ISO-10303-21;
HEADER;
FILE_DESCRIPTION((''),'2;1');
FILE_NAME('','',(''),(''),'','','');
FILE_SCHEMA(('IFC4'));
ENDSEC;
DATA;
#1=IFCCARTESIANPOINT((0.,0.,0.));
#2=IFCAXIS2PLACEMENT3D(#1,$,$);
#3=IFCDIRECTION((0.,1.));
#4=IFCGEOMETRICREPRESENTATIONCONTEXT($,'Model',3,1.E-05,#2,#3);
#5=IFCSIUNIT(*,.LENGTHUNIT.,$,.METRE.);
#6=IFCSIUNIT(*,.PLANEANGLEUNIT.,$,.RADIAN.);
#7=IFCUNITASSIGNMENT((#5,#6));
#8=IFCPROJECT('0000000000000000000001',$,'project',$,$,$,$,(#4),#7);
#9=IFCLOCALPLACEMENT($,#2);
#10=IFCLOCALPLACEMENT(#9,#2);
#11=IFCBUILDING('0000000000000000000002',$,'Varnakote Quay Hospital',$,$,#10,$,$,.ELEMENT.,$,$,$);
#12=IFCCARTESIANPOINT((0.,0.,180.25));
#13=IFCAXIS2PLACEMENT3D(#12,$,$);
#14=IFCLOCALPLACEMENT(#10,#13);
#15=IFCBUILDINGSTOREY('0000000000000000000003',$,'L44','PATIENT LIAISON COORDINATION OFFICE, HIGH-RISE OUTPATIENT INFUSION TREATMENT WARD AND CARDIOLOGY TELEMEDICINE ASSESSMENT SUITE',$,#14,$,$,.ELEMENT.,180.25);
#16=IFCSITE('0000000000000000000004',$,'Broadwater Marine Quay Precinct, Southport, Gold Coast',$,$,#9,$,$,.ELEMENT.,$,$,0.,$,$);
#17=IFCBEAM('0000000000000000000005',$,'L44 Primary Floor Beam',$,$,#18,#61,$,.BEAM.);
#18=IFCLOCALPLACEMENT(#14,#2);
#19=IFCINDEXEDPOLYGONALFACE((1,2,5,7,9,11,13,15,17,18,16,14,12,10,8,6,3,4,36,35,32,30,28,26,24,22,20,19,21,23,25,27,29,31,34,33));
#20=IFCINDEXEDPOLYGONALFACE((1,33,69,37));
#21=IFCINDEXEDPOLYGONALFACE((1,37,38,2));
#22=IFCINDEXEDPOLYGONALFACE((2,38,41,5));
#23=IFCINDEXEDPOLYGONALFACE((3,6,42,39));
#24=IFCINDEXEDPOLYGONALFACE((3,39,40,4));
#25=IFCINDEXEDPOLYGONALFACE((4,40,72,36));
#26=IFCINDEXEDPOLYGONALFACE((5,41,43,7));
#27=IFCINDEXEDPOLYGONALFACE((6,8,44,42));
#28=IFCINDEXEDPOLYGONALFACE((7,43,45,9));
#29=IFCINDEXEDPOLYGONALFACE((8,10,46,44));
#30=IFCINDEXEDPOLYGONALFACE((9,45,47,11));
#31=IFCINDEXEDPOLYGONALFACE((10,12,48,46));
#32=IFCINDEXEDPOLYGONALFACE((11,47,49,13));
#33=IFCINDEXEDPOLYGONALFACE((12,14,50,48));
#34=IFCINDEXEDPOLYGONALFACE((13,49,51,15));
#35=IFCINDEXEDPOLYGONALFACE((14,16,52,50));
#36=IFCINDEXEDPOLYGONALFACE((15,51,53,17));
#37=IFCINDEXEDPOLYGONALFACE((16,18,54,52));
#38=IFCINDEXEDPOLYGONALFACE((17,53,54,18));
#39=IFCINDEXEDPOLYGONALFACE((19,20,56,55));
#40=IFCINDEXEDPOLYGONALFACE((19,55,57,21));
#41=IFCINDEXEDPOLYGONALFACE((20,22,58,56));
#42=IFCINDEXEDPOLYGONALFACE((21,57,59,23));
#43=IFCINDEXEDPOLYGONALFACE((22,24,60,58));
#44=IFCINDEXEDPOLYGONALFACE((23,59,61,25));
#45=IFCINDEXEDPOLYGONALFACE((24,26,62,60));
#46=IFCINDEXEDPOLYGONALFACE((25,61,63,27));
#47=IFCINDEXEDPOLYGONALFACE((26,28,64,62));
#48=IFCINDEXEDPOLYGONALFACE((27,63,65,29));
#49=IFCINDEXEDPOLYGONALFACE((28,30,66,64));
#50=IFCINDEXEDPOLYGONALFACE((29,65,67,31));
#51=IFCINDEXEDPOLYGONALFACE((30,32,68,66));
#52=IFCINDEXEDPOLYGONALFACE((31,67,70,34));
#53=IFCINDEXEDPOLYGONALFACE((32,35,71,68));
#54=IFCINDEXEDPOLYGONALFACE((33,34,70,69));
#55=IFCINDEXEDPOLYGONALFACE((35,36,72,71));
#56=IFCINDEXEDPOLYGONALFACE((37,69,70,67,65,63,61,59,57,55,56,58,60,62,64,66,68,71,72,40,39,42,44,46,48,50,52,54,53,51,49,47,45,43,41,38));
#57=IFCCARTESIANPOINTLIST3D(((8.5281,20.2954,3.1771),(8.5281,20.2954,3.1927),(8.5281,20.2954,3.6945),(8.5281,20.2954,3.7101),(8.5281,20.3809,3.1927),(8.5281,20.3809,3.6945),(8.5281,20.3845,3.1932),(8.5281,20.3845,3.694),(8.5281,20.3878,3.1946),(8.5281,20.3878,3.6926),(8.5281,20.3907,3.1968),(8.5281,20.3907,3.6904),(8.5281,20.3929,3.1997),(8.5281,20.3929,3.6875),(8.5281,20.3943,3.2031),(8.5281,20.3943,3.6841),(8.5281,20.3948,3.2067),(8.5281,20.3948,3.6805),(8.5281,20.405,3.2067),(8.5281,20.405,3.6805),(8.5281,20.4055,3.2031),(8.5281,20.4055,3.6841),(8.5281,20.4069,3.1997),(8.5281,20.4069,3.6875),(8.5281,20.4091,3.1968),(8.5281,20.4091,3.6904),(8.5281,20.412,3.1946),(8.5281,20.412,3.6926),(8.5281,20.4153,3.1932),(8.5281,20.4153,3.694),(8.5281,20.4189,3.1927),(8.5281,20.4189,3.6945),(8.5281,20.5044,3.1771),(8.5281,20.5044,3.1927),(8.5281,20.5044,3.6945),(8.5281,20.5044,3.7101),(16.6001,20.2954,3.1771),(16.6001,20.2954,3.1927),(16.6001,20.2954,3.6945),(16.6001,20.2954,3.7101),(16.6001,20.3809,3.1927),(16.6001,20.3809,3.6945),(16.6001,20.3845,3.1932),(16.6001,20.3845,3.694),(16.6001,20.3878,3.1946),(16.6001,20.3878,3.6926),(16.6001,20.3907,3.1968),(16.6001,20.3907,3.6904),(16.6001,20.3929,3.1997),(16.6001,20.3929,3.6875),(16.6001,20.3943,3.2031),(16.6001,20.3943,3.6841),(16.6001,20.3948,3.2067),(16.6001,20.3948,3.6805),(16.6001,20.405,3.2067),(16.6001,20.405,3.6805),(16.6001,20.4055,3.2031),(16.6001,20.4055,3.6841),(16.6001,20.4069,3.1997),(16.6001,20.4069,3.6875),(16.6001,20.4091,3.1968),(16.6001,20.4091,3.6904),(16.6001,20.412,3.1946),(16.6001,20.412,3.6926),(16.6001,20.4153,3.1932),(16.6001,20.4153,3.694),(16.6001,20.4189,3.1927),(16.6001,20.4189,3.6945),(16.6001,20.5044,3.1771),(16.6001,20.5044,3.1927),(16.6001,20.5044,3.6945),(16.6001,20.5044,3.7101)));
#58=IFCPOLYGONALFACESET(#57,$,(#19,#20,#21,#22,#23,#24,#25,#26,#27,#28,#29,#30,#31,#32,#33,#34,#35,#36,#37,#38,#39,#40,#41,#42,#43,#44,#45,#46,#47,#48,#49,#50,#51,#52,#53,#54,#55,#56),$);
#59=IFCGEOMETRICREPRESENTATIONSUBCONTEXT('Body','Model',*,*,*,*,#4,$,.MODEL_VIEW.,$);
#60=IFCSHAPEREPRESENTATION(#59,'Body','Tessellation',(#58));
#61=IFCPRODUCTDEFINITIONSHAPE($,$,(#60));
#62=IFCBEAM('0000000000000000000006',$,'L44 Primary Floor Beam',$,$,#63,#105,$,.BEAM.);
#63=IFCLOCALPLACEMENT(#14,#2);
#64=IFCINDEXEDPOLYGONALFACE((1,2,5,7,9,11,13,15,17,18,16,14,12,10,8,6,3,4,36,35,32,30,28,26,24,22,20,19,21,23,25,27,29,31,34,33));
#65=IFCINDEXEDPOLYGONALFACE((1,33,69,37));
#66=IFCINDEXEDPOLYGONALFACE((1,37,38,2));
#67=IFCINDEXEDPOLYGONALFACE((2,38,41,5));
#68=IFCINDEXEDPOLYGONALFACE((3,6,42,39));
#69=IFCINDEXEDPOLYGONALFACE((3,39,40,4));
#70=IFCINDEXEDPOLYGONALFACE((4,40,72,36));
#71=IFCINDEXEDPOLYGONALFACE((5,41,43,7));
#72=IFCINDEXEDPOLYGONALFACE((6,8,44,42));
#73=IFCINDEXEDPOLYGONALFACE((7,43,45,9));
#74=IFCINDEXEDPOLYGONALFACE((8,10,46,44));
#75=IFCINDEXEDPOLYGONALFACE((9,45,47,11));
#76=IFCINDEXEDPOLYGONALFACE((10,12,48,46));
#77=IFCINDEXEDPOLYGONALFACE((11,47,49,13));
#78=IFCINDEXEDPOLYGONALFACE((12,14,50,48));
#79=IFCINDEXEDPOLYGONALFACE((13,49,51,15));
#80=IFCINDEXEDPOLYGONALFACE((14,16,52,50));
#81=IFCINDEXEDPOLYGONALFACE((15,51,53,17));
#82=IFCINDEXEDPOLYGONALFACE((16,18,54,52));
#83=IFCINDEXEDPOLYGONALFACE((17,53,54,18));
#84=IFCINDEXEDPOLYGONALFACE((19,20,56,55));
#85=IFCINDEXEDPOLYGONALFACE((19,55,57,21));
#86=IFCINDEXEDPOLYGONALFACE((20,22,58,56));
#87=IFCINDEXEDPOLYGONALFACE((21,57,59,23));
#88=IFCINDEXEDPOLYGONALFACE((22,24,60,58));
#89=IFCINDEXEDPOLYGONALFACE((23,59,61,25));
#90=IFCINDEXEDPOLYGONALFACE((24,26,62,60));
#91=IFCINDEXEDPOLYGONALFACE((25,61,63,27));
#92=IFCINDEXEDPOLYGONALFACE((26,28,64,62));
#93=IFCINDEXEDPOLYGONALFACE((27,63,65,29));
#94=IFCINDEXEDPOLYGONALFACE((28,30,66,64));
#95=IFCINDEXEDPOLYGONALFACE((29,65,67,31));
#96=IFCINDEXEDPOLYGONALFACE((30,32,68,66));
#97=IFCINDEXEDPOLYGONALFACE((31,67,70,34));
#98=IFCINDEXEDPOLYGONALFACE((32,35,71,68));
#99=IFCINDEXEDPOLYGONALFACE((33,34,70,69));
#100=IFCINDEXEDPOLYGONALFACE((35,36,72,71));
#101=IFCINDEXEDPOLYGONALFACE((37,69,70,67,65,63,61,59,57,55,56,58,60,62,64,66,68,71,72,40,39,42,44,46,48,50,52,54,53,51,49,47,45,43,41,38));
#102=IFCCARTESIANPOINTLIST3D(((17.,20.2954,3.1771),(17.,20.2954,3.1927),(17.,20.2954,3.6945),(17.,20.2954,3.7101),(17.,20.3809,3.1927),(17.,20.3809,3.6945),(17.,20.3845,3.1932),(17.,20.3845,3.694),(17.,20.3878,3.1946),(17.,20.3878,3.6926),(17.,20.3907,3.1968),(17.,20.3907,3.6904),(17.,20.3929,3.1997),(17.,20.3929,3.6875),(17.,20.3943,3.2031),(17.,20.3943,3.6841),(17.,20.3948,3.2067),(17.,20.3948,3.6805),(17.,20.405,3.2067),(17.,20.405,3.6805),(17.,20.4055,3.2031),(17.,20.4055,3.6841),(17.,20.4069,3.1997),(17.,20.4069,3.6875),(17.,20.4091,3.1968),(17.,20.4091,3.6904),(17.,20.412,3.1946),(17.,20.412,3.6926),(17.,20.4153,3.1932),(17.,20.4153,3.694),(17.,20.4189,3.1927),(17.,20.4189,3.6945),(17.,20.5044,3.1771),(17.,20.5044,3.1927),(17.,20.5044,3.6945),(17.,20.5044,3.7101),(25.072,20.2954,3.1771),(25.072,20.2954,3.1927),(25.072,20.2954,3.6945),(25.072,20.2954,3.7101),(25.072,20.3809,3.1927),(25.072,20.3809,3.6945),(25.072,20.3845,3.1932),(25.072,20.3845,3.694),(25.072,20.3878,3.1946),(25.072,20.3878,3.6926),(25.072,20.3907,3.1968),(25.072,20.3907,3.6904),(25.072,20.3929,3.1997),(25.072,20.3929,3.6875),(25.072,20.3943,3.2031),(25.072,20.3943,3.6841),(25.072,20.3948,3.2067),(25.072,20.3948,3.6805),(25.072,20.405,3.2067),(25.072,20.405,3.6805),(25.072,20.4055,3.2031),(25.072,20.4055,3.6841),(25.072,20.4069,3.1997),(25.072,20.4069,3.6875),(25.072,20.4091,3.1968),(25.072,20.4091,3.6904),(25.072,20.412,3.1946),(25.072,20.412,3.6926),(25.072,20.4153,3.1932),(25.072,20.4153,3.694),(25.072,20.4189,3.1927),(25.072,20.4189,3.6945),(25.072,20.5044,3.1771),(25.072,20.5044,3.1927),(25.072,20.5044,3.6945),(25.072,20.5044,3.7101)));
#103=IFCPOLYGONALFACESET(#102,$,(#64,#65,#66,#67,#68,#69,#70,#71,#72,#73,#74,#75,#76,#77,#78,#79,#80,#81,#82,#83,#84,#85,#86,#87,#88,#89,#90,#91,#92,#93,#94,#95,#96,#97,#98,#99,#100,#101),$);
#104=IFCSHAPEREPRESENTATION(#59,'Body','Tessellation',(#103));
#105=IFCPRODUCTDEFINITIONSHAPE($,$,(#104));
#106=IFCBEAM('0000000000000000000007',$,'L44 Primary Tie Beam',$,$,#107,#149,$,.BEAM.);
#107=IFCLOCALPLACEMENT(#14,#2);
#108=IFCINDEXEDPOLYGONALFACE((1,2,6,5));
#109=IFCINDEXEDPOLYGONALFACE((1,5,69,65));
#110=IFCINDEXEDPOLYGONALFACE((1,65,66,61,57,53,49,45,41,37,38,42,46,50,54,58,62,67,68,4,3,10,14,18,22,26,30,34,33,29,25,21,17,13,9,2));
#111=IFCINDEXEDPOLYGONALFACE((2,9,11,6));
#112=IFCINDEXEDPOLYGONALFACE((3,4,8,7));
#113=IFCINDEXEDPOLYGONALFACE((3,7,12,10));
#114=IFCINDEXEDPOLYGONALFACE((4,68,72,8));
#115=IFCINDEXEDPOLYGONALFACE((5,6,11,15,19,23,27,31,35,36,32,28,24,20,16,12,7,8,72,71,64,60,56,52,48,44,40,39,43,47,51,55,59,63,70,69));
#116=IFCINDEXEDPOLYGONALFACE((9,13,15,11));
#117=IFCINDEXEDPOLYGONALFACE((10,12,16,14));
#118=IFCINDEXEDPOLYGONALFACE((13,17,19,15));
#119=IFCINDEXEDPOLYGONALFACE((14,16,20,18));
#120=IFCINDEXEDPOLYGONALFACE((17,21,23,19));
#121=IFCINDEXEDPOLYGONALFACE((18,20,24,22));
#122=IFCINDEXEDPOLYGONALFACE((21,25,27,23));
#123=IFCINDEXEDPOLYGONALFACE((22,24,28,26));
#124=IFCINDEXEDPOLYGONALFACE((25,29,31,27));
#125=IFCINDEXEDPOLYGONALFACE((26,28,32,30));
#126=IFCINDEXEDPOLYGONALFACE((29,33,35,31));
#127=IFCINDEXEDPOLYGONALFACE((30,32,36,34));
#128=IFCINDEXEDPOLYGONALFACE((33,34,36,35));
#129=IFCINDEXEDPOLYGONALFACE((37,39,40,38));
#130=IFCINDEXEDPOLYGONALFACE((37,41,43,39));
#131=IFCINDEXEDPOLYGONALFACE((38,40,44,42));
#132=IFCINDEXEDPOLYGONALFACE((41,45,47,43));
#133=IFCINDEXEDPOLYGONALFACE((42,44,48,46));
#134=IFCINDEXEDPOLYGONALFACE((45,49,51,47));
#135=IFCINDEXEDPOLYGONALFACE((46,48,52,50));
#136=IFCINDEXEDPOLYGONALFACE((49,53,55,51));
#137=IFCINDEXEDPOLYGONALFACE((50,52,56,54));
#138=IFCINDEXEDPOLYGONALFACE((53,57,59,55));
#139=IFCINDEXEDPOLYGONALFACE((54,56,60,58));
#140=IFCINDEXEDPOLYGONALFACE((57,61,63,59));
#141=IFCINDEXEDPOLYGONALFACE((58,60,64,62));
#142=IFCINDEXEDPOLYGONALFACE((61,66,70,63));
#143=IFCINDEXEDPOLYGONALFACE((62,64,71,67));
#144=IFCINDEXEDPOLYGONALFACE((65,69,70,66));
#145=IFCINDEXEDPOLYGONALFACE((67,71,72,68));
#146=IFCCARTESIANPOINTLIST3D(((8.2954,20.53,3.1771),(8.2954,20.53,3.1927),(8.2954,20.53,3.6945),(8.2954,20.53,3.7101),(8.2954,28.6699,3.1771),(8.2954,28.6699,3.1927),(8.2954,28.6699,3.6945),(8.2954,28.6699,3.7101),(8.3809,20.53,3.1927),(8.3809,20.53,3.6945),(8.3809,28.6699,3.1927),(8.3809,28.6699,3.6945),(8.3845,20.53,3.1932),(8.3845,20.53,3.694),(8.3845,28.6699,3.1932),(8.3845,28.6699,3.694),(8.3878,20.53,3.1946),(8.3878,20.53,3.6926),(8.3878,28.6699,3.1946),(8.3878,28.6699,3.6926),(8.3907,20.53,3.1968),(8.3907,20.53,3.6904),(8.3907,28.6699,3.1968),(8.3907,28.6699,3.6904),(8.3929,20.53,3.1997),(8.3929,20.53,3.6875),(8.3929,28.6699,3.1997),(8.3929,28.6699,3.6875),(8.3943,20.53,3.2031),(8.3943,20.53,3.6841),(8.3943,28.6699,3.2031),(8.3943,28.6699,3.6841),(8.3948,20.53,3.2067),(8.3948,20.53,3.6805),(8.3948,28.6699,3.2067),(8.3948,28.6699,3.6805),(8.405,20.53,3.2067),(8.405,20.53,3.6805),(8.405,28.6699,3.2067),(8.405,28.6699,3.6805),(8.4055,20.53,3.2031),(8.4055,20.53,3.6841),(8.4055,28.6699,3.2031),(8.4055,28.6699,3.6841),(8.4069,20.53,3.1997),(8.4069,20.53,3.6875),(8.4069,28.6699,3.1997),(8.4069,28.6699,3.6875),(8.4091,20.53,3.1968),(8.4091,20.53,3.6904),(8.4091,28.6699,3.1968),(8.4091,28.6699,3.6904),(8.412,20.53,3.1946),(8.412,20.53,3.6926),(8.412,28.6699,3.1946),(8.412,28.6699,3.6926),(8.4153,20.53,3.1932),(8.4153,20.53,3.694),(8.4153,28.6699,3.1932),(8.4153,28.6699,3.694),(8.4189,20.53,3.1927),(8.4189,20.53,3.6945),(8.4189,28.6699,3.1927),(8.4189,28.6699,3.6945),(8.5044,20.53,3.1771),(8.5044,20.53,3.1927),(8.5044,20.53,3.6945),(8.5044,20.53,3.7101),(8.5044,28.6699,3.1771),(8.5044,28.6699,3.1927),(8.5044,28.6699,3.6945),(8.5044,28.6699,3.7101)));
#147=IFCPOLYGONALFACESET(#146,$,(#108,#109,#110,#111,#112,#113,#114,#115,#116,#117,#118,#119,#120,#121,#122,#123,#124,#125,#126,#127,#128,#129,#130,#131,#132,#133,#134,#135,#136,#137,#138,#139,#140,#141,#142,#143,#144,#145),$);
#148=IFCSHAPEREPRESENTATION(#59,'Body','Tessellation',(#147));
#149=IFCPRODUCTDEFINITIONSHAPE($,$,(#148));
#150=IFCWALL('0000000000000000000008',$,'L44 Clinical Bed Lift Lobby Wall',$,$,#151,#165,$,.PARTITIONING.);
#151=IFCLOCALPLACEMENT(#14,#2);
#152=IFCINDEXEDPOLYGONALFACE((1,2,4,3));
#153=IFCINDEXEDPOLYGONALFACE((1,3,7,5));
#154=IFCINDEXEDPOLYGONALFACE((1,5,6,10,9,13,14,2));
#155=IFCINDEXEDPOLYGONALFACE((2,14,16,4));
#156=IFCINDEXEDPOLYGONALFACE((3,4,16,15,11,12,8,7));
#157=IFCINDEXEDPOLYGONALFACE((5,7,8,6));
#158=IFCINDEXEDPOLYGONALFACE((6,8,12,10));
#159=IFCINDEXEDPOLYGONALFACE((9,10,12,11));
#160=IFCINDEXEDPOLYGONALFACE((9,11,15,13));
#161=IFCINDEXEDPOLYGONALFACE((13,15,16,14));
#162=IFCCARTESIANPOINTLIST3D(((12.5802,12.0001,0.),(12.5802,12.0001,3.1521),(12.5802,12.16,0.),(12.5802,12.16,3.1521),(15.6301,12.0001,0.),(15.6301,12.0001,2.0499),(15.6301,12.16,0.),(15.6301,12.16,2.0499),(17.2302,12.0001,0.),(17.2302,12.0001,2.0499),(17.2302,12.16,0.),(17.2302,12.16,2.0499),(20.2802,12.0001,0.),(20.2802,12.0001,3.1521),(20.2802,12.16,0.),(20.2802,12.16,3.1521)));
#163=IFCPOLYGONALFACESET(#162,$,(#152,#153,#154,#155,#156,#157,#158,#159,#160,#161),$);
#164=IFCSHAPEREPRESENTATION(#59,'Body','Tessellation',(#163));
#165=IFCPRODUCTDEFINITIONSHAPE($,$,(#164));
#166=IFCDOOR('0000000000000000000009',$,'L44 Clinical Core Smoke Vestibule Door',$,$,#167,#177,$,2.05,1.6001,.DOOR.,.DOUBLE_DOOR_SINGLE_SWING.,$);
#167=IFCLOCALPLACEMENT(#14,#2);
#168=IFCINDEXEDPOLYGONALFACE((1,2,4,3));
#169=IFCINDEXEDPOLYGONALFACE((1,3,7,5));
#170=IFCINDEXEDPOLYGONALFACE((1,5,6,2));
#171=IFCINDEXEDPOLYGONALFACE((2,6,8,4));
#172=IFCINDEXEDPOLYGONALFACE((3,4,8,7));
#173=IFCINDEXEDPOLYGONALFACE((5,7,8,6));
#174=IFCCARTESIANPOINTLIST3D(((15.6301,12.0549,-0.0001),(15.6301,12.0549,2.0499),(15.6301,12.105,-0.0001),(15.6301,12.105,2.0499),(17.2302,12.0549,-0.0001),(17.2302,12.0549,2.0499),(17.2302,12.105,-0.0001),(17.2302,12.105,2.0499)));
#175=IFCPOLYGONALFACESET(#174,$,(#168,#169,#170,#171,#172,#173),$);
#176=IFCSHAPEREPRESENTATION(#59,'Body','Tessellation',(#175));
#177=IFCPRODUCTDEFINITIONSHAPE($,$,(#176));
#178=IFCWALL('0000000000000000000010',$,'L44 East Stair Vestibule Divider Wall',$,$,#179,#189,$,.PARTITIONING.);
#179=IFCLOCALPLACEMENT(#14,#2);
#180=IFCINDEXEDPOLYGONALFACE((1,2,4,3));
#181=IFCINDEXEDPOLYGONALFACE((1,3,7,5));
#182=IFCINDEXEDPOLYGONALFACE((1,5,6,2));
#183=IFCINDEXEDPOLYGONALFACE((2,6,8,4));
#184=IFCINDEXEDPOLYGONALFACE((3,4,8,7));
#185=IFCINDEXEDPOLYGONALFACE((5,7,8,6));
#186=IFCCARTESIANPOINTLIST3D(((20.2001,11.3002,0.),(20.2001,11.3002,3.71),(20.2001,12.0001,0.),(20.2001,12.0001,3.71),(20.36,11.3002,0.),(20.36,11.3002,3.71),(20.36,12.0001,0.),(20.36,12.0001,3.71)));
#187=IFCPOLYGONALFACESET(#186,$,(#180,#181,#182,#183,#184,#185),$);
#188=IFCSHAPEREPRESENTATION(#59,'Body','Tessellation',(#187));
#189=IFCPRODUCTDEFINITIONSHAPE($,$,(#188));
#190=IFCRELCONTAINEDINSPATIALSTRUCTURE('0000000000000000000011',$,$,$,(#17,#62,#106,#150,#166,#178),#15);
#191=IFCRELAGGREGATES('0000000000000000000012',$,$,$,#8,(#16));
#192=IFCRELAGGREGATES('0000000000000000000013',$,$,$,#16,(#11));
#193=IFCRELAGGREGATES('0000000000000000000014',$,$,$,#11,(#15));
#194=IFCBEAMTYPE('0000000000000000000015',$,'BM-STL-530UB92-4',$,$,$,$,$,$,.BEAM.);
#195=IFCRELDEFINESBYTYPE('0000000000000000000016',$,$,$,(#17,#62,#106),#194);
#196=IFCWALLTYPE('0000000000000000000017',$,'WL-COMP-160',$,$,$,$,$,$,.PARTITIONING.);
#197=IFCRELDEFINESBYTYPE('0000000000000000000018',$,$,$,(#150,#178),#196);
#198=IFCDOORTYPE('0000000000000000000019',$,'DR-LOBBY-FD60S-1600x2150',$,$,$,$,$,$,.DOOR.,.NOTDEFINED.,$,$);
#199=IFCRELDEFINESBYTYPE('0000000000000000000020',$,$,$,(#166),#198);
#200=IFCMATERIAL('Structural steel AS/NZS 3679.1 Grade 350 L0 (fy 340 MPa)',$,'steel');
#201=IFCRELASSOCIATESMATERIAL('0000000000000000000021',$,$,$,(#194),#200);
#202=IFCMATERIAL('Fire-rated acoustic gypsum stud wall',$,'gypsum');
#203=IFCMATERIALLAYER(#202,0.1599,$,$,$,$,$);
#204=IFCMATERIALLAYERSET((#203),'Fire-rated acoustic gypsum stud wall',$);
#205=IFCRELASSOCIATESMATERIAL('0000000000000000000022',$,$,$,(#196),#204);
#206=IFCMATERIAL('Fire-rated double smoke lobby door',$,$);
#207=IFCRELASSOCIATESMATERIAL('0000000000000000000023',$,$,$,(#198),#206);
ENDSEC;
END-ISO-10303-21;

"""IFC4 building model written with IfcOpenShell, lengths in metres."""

from ifc_helpers import new_model, si_unit, direction, frame, frame_2d, origin, origin_2d, place, context, subcontext, project, spatial, rectangle, i_section, extrude, material, layer, layer_set, material_profile, profile_set, type_object, element, fill, save


model = new_model("IFC4")

# Units and contexts
model_context = context("Model", 3, precision=1e-05, world=origin(), true_north=direction((0.0, 1.0)))
body_context = subcontext(model_context, "Body", "Model", "MODEL_VIEW")
ifc_project = project(units=[si_unit("LENGTHUNIT", "METRE"), si_unit("PLANEANGLEUNIT", "RADIAN")], contexts=[model_context])

# Site, building, storey
site_placement = place(None, origin())
site = spatial("IfcSite", under=ifc_project, at=site_placement, Name="Broadwater Marine Quay Precinct, Southport, Gold Coast", CompositionType="ELEMENT", RefElevation=0.0)
building_placement = place(site_placement, origin())
building = spatial("IfcBuilding", under=site, at=building_placement, Name="Varnakote Quay Hospital", CompositionType="ELEMENT")
storey_placement = place(building_placement, frame((0.0, 0.0, 180.25)))
storey = spatial("IfcBuildingStorey", under=building, at=storey_placement, Name="L44", Description="PATIENT LIAISON COORDINATION OFFICE, HIGH-RISE OUTPATIENT INFUSION TREATMENT WARD AND CARDIOLOGY TELEMEDICINE ASSESSMENT SUITE", CompositionType="ELEMENT", Elevation=180.25)

# Beams
ifc_material_1 = material(Name="Structural steel AS/NZS 3679.1 Grade 350 L0 (fy 340 MPa)", Category="steel")
ifc_material_profile_1 = material_profile(ifc_material_1, i_section(OverallWidth=0.209, OverallDepth=0.533, WebThickness=0.0103, FlangeThickness=0.0156, FilletRadius=0.0139, at=origin_2d()), Name="530UB92.4")
ifc_profile_set_1 = profile_set([ifc_material_profile_1], Name="Structural steel AS/NZS 3679.1 Grade 350 L0 (fy 340 MPa)")
beam_type = type_object("IfcBeamType", Name="BM-STL-530UB92-4", PredefinedType="BEAM", material=ifc_profile_set_1)
for number, where, z_axis, x_axis, name in (
    (1, (8.5281, 20.3999, 3.4436), (1.0, 0.0, 0.0), (0.0, 1.0, 0.0), "L44 Primary Floor Beam"),
    (2, (17.0, 20.3999, 3.4436), (1.0, 0.0, 0.0), (0.0, 1.0, 0.0), "L44 Primary Floor Beam"),
):
    element("IfcBeam", number, at=place(storey_placement, frame(where, z_axis=z_axis, x_axis=x_axis)), inside=storey, type_object=beam_type, Name=name, PredefinedType="BEAM", context=body_context, shape_type="SweptSolid", body=[
        extrude(i_section(OverallWidth=0.209, OverallDepth=0.533, WebThickness=0.0103, FlangeThickness=0.0156, FilletRadius=0.0139, at=origin_2d()), origin(), (0.0, 0.0, 1.0), 8.072),
    ])
beam_1_placement = place(storey_placement, frame((8.3999, 20.53, 3.4436), z_axis=(0.0, 1.0, 0.0), x_axis=(-1.0, 0.0, 0.0)))
element("IfcBeam", 3, at=beam_1_placement, inside=storey, type_object=beam_type, Name="L44 Primary Tie Beam", PredefinedType="BEAM", context=body_context, shape_type="SweptSolid", body=[
    extrude(i_section(OverallWidth=0.209, OverallDepth=0.533, WebThickness=0.0103, FlangeThickness=0.0156, FilletRadius=0.0139, at=origin_2d()), origin(), (0.0, 0.0, 1.0), 8.1399),
])

# Wall, opening, door
ifc_material_2 = material(Name="Fire-rated acoustic gypsum stud wall", Category="gypsum")
ifc_layer_1 = layer(ifc_material_2, 0.1599)
ifc_layer_set_1 = layer_set([ifc_layer_1], Name="Fire-rated acoustic gypsum stud wall")
wall_type_1 = type_object("IfcWallType", Name="WL-COMP-160", PredefinedType="PARTITIONING", material=ifc_layer_set_1)
wall_1_placement = place(storey_placement, frame((12.5801, 12.0801, 0.0), z_axis=(0.0, 0.0, 1.0), x_axis=(1.0, 0.0, 0.0)))
wall_1 = element("IfcWall", 4, at=wall_1_placement, inside=storey, type_object=wall_type_1, Name="L44 Clinical Bed Lift Lobby Wall", PredefinedType="PARTITIONING", context=body_context, shape_type="SweptSolid", body=[
    extrude(rectangle(XDim=7.7, YDim=0.1599, at=frame_2d((3.8501, 0.0))), origin(), (0.0, 0.0, 1.0), 3.1521),
])
opening_1_placement = place(wall_1_placement, frame((3.05, 0.0, 0.0)))
opening_1 = element("IfcOpeningElement", 5, at=opening_1_placement, cuts=wall_1, PredefinedType="OPENING", context=body_context, shape_type="SweptSolid", body=[
    extrude(rectangle(XDim=1.6001, YDim=2.05, at=frame_2d((0.8, 1.0249))), frame((0.0, 0.0898, 0.0), z_axis=(0.0, -1.0, 0.0), x_axis=(1.0, 0.0, 0.0)), (0.0, 0.0, 1.0), 0.1799),
])
ifc_material_3 = material(Name="Fire-rated double smoke lobby door")
door_type_1 = type_object("IfcDoorType", Name="DR-LOBBY-FD60S-1600x2150", OperationType="NOTDEFINED", PredefinedType="DOOR", material=ifc_material_3)
door_1_placement = place(opening_1_placement, origin())
door_1 = element("IfcDoor", 6, at=door_1_placement, inside=storey, type_object=door_type_1, Name="L44 Clinical Core Smoke Vestibule Door", OperationType="DOUBLE_DOOR_SINGLE_SWING", OverallHeight=2.05, OverallWidth=1.6001, PredefinedType="DOOR", context=body_context, shape_type="SweptSolid", body=[
    extrude(rectangle(XDim=1.6001, YDim=2.05, at=frame_2d((0.8, 1.0249))), frame((0.0, 0.0249, 0.0), z_axis=(0.0, -1.0, 0.0), x_axis=(1.0, 0.0, 0.0)), (0.0, 0.0, 1.0), 0.05),
])
fill(opening_1, door_1)

# Wall
wall_2_placement = place(storey_placement, frame((20.28, 11.3, 0.0), z_axis=(0.0, 0.0, 1.0), x_axis=(0.0, 1.0, 0.0)))
element("IfcWall", 7, at=wall_2_placement, inside=storey, type_object=wall_type_1, Name="L44 East Stair Vestibule Divider Wall", PredefinedType="PARTITIONING", context=body_context, shape_type="SweptSolid", body=[
    extrude(rectangle(XDim=0.7, YDim=0.1599, at=frame_2d((0.3501, 0.0))), origin(), (0.0, 0.0, 1.0), 3.71),
])

save(model, "model.ifc")
